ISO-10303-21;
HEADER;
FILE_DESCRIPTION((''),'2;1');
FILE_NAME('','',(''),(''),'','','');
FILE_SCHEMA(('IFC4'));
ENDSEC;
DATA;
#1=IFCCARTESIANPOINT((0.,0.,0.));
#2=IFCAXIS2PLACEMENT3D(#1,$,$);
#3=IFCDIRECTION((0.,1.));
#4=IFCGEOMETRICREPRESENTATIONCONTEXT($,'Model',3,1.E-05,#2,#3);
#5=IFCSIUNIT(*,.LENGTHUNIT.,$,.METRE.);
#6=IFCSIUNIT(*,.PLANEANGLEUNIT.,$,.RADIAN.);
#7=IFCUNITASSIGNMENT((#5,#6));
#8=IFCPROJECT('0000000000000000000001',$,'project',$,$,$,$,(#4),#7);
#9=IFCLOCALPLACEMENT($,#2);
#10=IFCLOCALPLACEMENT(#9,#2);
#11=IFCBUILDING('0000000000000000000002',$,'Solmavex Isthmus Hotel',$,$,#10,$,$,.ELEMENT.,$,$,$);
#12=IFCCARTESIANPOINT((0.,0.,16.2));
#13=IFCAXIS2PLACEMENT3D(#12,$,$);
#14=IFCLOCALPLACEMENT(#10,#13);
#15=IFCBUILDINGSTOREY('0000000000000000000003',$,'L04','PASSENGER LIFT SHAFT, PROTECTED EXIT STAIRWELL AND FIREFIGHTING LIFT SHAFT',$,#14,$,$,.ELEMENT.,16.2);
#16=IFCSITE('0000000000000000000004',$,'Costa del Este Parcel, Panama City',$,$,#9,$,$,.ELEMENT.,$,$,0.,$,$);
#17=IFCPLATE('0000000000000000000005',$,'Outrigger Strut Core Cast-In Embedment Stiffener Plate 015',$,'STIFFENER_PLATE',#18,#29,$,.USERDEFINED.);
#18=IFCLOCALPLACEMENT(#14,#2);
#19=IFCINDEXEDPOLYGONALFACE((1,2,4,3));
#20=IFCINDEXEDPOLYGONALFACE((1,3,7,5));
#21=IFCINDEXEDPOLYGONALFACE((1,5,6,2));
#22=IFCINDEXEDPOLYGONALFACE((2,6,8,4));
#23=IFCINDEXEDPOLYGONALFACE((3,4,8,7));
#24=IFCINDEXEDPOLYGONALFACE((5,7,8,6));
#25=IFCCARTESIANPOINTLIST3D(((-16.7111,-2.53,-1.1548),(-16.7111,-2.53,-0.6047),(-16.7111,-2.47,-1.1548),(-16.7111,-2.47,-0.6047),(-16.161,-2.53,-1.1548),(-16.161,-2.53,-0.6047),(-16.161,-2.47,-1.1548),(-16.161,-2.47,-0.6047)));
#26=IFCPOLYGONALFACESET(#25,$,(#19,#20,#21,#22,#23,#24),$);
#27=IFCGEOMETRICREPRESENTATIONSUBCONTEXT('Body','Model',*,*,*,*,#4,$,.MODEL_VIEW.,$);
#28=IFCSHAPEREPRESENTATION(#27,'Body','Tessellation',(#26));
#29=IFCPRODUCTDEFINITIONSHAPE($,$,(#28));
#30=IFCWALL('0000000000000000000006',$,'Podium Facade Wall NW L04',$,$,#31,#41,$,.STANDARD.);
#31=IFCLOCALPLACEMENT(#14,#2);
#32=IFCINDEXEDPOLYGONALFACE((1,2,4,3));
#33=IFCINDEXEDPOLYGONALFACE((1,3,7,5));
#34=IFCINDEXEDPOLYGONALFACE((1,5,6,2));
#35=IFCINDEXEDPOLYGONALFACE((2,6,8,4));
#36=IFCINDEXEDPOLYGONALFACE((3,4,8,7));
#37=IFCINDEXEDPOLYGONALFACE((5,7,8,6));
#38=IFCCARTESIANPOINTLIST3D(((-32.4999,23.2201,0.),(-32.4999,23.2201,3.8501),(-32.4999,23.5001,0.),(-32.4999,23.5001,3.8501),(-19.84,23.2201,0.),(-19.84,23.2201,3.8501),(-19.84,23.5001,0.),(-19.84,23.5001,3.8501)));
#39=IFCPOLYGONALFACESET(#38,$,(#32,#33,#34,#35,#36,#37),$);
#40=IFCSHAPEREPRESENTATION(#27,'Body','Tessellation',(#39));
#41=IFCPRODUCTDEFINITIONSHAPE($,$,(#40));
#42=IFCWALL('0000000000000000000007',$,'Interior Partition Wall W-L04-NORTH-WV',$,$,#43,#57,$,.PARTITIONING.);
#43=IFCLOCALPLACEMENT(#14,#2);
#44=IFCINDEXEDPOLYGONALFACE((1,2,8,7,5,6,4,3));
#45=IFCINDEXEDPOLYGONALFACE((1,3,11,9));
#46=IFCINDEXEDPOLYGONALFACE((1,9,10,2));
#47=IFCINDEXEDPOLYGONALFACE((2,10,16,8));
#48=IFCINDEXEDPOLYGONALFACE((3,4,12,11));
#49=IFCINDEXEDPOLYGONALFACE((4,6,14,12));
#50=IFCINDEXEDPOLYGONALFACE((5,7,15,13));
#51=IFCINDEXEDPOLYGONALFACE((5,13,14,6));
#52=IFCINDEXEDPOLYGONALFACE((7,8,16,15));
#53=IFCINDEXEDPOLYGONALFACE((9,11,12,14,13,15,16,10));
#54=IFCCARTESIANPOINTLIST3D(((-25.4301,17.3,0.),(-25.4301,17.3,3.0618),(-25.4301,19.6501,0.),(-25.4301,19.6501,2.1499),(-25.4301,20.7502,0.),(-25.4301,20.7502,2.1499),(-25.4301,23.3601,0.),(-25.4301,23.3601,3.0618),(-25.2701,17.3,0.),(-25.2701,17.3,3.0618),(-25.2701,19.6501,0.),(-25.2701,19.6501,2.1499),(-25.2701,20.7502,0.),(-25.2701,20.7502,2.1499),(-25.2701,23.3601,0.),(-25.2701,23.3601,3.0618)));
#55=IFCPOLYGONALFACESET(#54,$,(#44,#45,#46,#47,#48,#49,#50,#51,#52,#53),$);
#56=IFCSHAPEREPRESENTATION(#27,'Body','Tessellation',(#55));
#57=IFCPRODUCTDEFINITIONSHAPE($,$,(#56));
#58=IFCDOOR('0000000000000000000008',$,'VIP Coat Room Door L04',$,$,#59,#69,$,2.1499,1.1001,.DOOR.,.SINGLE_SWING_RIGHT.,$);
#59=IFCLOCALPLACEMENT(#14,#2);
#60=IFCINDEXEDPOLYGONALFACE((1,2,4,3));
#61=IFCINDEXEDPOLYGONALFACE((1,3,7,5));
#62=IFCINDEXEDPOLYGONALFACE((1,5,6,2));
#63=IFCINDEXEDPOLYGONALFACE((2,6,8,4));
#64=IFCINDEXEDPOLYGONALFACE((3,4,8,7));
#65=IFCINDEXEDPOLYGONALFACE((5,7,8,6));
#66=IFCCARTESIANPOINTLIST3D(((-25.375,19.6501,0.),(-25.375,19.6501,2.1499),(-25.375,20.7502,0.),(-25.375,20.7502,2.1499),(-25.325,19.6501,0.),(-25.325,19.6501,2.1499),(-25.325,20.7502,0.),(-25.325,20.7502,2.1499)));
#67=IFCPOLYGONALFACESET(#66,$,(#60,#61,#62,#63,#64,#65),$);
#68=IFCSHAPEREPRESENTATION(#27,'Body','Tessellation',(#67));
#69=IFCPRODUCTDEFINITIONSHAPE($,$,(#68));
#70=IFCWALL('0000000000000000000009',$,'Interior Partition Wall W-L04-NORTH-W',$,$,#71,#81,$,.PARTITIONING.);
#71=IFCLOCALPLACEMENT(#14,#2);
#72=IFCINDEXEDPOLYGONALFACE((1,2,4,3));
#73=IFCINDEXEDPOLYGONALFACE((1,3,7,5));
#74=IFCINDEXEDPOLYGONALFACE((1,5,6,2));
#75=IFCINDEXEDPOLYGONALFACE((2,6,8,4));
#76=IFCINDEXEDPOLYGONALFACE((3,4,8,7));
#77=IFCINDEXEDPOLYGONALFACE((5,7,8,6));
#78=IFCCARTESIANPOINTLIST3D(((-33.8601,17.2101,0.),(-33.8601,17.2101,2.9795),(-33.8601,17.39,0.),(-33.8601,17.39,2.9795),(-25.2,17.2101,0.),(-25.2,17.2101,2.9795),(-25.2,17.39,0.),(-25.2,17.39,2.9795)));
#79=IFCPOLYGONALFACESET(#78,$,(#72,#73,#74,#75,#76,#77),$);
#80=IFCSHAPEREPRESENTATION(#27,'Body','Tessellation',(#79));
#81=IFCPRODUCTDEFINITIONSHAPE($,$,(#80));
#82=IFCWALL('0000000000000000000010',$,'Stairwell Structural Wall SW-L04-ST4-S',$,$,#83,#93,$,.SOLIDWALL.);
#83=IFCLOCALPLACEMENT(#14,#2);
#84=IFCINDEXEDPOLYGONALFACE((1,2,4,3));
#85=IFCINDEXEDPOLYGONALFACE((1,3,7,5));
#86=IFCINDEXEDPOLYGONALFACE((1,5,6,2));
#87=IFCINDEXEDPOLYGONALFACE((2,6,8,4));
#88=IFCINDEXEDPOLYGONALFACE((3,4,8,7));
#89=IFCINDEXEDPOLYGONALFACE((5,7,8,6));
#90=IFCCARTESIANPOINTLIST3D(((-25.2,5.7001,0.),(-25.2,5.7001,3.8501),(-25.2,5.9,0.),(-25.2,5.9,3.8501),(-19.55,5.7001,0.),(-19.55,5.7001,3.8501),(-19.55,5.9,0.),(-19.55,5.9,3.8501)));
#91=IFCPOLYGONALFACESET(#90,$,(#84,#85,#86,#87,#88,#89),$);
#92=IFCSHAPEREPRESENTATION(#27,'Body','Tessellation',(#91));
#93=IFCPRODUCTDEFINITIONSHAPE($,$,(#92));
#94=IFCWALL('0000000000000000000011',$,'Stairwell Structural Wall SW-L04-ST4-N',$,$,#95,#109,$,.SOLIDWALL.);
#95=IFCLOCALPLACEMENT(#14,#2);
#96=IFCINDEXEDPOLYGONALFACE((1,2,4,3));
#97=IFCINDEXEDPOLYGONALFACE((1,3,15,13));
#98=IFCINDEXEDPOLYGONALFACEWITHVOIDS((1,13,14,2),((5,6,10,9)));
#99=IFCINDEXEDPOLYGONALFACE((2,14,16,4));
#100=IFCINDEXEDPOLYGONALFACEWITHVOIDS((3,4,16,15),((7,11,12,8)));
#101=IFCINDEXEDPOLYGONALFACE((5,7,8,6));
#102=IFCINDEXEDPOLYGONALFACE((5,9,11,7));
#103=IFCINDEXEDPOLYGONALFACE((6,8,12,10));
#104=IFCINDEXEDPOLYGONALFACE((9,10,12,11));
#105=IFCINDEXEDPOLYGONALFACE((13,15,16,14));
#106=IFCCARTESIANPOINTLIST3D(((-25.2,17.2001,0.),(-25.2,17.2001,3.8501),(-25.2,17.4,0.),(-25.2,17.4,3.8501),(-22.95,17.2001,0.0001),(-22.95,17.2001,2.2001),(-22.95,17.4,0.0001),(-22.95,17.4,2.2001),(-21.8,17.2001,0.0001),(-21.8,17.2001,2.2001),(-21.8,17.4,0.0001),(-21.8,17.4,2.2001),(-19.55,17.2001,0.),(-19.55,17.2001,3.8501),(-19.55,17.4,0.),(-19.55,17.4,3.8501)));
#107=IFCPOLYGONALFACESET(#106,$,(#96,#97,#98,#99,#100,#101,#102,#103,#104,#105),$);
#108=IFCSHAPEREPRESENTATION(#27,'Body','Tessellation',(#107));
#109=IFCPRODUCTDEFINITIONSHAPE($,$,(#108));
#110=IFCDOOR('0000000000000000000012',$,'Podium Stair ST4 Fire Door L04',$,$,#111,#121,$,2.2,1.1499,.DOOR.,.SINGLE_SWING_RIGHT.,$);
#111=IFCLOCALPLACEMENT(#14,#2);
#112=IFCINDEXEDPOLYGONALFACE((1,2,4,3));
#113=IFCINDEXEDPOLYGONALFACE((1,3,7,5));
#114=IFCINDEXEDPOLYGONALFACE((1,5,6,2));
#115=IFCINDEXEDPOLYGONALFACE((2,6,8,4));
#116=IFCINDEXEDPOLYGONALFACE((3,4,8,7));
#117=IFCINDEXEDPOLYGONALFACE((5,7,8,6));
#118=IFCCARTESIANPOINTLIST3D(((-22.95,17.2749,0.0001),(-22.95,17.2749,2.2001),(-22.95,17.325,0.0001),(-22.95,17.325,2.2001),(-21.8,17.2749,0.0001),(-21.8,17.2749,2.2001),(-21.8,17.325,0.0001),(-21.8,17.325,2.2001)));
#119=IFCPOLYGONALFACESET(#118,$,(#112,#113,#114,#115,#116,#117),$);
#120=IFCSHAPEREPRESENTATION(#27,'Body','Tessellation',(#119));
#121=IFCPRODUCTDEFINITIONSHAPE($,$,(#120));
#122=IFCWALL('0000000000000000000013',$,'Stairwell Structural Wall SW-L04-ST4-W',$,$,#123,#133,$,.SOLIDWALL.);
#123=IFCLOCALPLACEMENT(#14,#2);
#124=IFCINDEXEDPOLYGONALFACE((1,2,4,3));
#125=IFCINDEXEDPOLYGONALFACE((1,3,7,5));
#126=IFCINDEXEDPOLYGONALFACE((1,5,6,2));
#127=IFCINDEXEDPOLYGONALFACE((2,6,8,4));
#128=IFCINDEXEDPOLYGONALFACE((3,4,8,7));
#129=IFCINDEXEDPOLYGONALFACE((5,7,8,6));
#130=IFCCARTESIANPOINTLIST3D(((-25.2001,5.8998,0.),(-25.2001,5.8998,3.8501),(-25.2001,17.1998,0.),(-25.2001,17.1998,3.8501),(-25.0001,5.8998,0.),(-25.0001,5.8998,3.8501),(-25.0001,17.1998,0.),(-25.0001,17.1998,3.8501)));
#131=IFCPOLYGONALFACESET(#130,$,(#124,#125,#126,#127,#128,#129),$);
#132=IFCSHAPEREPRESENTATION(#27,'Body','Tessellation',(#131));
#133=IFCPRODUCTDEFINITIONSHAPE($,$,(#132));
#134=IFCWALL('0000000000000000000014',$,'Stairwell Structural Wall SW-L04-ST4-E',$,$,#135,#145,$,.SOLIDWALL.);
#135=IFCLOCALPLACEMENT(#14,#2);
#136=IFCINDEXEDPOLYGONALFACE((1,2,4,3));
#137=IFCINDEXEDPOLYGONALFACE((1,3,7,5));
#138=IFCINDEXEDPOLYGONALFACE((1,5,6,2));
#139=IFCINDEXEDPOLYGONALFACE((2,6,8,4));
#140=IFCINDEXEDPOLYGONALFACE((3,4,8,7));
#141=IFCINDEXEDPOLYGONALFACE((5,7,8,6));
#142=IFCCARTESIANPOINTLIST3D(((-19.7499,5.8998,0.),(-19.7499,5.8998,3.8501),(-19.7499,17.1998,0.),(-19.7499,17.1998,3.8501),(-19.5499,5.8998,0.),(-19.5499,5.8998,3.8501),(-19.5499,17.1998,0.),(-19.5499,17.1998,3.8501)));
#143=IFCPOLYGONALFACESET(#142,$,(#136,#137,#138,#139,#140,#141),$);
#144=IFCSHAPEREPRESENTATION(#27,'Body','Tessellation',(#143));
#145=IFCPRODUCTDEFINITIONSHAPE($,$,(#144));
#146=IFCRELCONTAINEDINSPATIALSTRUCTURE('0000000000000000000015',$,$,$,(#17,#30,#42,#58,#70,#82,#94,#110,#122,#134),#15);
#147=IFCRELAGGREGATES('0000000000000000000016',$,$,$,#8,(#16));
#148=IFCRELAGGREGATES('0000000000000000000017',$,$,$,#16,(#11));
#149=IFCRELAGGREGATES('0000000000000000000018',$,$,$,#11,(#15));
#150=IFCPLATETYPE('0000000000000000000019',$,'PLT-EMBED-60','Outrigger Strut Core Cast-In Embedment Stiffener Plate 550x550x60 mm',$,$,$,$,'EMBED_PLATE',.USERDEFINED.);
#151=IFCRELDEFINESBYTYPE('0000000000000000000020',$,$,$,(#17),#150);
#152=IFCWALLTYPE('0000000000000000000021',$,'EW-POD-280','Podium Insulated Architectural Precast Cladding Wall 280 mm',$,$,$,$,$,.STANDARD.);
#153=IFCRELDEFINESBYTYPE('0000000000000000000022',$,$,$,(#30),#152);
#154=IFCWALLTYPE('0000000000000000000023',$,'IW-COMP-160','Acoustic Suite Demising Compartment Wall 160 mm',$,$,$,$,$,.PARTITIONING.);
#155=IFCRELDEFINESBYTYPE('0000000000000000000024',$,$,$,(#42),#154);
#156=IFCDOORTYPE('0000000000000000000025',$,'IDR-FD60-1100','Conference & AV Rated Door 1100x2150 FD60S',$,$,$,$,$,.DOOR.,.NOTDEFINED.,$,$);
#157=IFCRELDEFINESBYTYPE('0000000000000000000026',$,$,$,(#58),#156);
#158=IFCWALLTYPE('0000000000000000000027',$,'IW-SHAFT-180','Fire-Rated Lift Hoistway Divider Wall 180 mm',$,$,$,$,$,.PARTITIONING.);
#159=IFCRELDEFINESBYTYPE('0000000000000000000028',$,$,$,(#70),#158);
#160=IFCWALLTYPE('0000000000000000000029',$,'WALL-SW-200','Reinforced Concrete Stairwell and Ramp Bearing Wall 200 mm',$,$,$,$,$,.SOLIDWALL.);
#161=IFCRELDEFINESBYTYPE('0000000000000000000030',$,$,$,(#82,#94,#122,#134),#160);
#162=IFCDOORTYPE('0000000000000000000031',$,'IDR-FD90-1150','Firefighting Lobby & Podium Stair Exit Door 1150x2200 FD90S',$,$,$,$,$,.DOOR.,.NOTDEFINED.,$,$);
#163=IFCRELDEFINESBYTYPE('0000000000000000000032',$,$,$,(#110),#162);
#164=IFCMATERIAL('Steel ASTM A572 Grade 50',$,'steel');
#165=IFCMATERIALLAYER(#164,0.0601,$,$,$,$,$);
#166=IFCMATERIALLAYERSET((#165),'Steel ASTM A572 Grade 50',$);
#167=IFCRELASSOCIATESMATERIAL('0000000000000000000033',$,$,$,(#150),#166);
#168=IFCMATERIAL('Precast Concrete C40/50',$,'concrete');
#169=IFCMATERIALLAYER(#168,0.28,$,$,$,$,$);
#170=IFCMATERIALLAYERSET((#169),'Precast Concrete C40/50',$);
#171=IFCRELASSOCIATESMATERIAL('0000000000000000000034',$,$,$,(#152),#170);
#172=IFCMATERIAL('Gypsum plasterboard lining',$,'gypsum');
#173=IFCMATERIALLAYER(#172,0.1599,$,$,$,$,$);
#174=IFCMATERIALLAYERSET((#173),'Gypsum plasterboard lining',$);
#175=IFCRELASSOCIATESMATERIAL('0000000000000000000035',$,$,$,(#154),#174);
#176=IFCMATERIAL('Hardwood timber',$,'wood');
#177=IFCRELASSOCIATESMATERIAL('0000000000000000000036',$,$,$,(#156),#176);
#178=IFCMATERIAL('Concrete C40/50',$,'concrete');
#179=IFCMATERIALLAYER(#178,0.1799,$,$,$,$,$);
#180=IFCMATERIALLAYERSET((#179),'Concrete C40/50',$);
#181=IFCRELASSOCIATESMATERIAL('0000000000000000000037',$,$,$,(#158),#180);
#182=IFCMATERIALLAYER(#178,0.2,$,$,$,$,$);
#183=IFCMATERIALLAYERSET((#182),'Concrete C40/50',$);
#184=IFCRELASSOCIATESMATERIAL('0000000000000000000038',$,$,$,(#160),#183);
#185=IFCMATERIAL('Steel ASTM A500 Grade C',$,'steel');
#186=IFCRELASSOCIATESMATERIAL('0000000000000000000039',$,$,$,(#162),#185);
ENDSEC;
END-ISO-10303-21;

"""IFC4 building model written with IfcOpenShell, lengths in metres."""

from ifc_helpers import new_model, si_unit, direction, frame, frame_2d, origin, origin_2d, place, context, subcontext, project, spatial, rectangle, extrude, material, layer, layer_set, type_object, element, fill, save


model = new_model("IFC4")

# Units and contexts
model_context = context("Model", 3, precision=1e-05, world=origin(), true_north=direction((0.0, 1.0)))
body_context = subcontext(model_context, "Body", "Model", "MODEL_VIEW")
ifc_project = project(units=[si_unit("LENGTHUNIT", "METRE"), si_unit("PLANEANGLEUNIT", "RADIAN")], contexts=[model_context])

# Site, building, storey
site_placement = place(None, origin())
site = spatial("IfcSite", under=ifc_project, at=site_placement, Name="Costa del Este Parcel, Panama City", CompositionType="ELEMENT", RefElevation=0.0)
building_placement = place(site_placement, origin())
building = spatial("IfcBuilding", under=site, at=building_placement, Name="Solmavex Isthmus Hotel", CompositionType="ELEMENT")
storey_placement = place(building_placement, frame((0.0, 0.0, 16.2)))
storey = spatial("IfcBuildingStorey", under=building, at=storey_placement, Name="L04", Description="PASSENGER LIFT SHAFT, PROTECTED EXIT STAIRWELL AND FIREFIGHTING LIFT SHAFT", CompositionType="ELEMENT", Elevation=16.2)

# Plate
ifc_material_1 = material(Name="Steel ASTM A572 Grade 50", Category="steel")
ifc_layer_1 = layer(ifc_material_1, 0.0601)
ifc_layer_set_1 = layer_set([ifc_layer_1], Name="Steel ASTM A572 Grade 50")
plate_type_1 = type_object("IfcPlateType", Name="PLT-EMBED-60", Description="Outrigger Strut Core Cast-In Embedment Stiffener Plate 550x550x60 mm", ElementType="EMBED_PLATE", PredefinedType="USERDEFINED", material=ifc_layer_set_1)
plate_1_placement = place(storey_placement, frame((-16.436, -2.5, -1.1548), z_axis=(0.0, 0.0, 1.0), x_axis=(1.0, 0.0, 0.0)))
element("IfcPlate", 1, at=plate_1_placement, inside=storey, type_object=plate_type_1, Name="Outrigger Strut Core Cast-In Embedment Stiffener Plate 015", ObjectType="STIFFENER_PLATE", PredefinedType="USERDEFINED", context=body_context, shape_type="SweptSolid", body=[
    extrude(rectangle(XDim=0.55, YDim=0.0601, at=origin_2d()), origin(), (0.0, 0.0, 1.0), 0.55),
])

# Wall
ifc_material_2 = material(Name="Precast Concrete C40/50", Category="concrete")
ifc_layer_2 = layer(ifc_material_2, 0.28)
ifc_layer_set_2 = layer_set([ifc_layer_2], Name="Precast Concrete C40/50")
wall_type_1 = type_object("IfcWallType", Name="EW-POD-280", Description="Podium Insulated Architectural Precast Cladding Wall 280 mm", PredefinedType="STANDARD", material=ifc_layer_set_2)
wall_1_placement = place(storey_placement, frame((-32.5, 23.3601, 0.0), z_axis=(0.0, 0.0, 1.0), x_axis=(1.0, 0.0, 0.0)))
element("IfcWall", 2, at=wall_1_placement, inside=storey, type_object=wall_type_1, Name="Podium Facade Wall NW L04", PredefinedType="STANDARD", context=body_context, shape_type="SweptSolid", body=[
    extrude(rectangle(XDim=12.6599, YDim=0.28, at=frame_2d((6.3301, 0.0))), origin(), (0.0, 0.0, 1.0), 3.8501),
])

# Wall, opening, door
ifc_material_3 = material(Name="Gypsum plasterboard lining", Category="gypsum")
ifc_layer_3 = layer(ifc_material_3, 0.1599)
ifc_layer_set_3 = layer_set([ifc_layer_3], Name="Gypsum plasterboard lining")
wall_type_2 = type_object("IfcWallType", Name="IW-COMP-160", Description="Acoustic Suite Demising Compartment Wall 160 mm", PredefinedType="PARTITIONING", material=ifc_layer_set_3)
wall_2_placement = place(storey_placement, frame((-25.3501, 17.3, 0.0), z_axis=(0.0, 0.0, 1.0), x_axis=(0.0, 1.0, 0.0)))
wall_2 = element("IfcWall", 3, at=wall_2_placement, inside=storey, type_object=wall_type_2, Name="Interior Partition Wall W-L04-NORTH-WV", PredefinedType="PARTITIONING", context=body_context, shape_type="SweptSolid", body=[
    extrude(rectangle(XDim=6.0601, YDim=0.1599, at=frame_2d((3.03, 0.0))), origin(), (0.0, 0.0, 1.0), 3.0618),
])
opening_1_placement = place(wall_2_placement, frame((2.3501, 0.0, 0.0)))
opening_1 = element("IfcOpeningElement", 4, at=opening_1_placement, cuts=wall_2, PredefinedType="OPENING", context=body_context, shape_type="SweptSolid", body=[
    extrude(rectangle(XDim=1.1001, YDim=2.1499, at=frame_2d((0.55, 1.075))), frame((0.0, 0.0898, 0.0), z_axis=(0.0, -1.0, 0.0), x_axis=(1.0, 0.0, 0.0)), (0.0, 0.0, 1.0), 0.1799),
])
ifc_material_4 = material(Name="Hardwood timber", Category="wood")
door_type_1 = type_object("IfcDoorType", Name="IDR-FD60-1100", Description="Conference & AV Rated Door 1100x2150 FD60S", OperationType="NOTDEFINED", PredefinedType="DOOR", material=ifc_material_4)
door_1_placement = place(opening_1_placement, origin())
door_1 = element("IfcDoor", 5, at=door_1_placement, inside=storey, type_object=door_type_1, Name="VIP Coat Room Door L04", OperationType="SINGLE_SWING_RIGHT", OverallHeight=2.1499, OverallWidth=1.1001, PredefinedType="DOOR", context=body_context, shape_type="SweptSolid", body=[
    extrude(rectangle(XDim=1.1001, YDim=2.1499, at=frame_2d((0.55, 1.075))), frame((0.0, 0.0249, 0.0), z_axis=(0.0, -1.0, 0.0), x_axis=(1.0, 0.0, 0.0)), (0.0, 0.0, 1.0), 0.05),
])
fill(opening_1, door_1)

# Walls
ifc_material_5 = material(Name="Concrete C40/50", Category="concrete")
ifc_layer_4 = layer(ifc_material_5, 0.1799)
ifc_layer_set_4 = layer_set([ifc_layer_4], Name="Concrete C40/50")
wall_type_3 = type_object("IfcWallType", Name="IW-SHAFT-180", Description="Fire-Rated Lift Hoistway Divider Wall 180 mm", PredefinedType="PARTITIONING", material=ifc_layer_set_4)
wall_3_placement = place(storey_placement, frame((-33.8601, 17.3, 0.0), z_axis=(0.0, 0.0, 1.0), x_axis=(1.0, 0.0, 0.0)))
element("IfcWall", 6, at=wall_3_placement, inside=storey, type_object=wall_type_3, Name="Interior Partition Wall W-L04-NORTH-W", PredefinedType="PARTITIONING", context=body_context, shape_type="SweptSolid", body=[
    extrude(rectangle(XDim=8.6602, YDim=0.1799, at=frame_2d((4.3301, 0.0))), origin(), (0.0, 0.0, 1.0), 2.9795),
])
ifc_layer_5 = layer(ifc_material_5, 0.2)
ifc_layer_set_5 = layer_set([ifc_layer_5], Name="Concrete C40/50")
wall_type_4 = type_object("IfcWallType", Name="WALL-SW-200", Description="Reinforced Concrete Stairwell and Ramp Bearing Wall 200 mm", PredefinedType="SOLIDWALL", material=ifc_layer_set_5)
wall_4_placement = place(storey_placement, frame((-25.2, 5.8, 0.0), z_axis=(0.0, 0.0, 1.0), x_axis=(1.0, 0.0, 0.0)))
element("IfcWall", 7, at=wall_4_placement, inside=storey, type_object=wall_type_4, Name="Stairwell Structural Wall SW-L04-ST4-S", PredefinedType="SOLIDWALL", context=body_context, shape_type="SweptSolid", body=[
    extrude(rectangle(XDim=5.6499, YDim=0.2, at=frame_2d((2.825, 0.0))), origin(), (0.0, 0.0, 1.0), 3.8501),
])

# Wall, opening, door
wall_5_placement = place(storey_placement, frame((-25.2, 17.3, 0.0), z_axis=(0.0, 0.0, 1.0), x_axis=(1.0, 0.0, 0.0)))
wall_5 = element("IfcWall", 8, at=wall_5_placement, inside=storey, type_object=wall_type_4, Name="Stairwell Structural Wall SW-L04-ST4-N", PredefinedType="SOLIDWALL", context=body_context, shape_type="SweptSolid", body=[
    extrude(rectangle(XDim=5.6499, YDim=0.2, at=frame_2d((2.825, 0.0))), origin(), (0.0, 0.0, 1.0), 3.8501),
])
opening_2_placement = place(wall_5_placement, frame((2.25, 0.0, 0.0)))
opening_2 = element("IfcOpeningElement", 9, at=opening_2_placement, cuts=wall_5, PredefinedType="OPENING", context=body_context, shape_type="SweptSolid", body=[
    extrude(rectangle(XDim=1.1499, YDim=2.2, at=frame_2d((0.575, 1.1001))), frame((0.0, 0.1099, 0.0), z_axis=(0.0, -1.0, 0.0), x_axis=(1.0, 0.0, 0.0)), (0.0, 0.0, 1.0), 0.22),
])
ifc_material_6 = material(Name="Steel ASTM A500 Grade C", Category="steel")
door_type_2 = type_object("IfcDoorType", Name="IDR-FD90-1150", Description="Firefighting Lobby & Podium Stair Exit Door 1150x2200 FD90S", OperationType="NOTDEFINED", PredefinedType="DOOR", material=ifc_material_6)
door_2_placement = place(opening_2_placement, origin())
door_2 = element("IfcDoor", 10, at=door_2_placement, inside=storey, type_object=door_type_2, Name="Podium Stair ST4 Fire Door L04", OperationType="SINGLE_SWING_RIGHT", OverallHeight=2.2, OverallWidth=1.1499, PredefinedType="DOOR", context=body_context, shape_type="SweptSolid", body=[
    extrude(rectangle(XDim=1.1499, YDim=2.2, at=frame_2d((0.575, 1.1001))), frame((0.0, 0.0249, 0.0), z_axis=(0.0, -1.0, 0.0), x_axis=(1.0, 0.0, 0.0)), (0.0, 0.0, 1.0), 0.05),
])
fill(opening_2, door_2)

# Walls
for number, where, z_axis, x_axis, name in (
    (11, (-25.1001, 5.8999, 0.0), (0.0, 0.0, 1.0), (0.0, 1.0, 0.0), "Stairwell Structural Wall SW-L04-ST4-W"),
    (12, (-19.6499, 5.8999, 0.0), (0.0, 0.0, 1.0), (0.0, 1.0, 0.0), "Stairwell Structural Wall SW-L04-ST4-E"),
):
    element("IfcWall", number, at=place(storey_placement, frame(where, z_axis=z_axis, x_axis=x_axis)), inside=storey, type_object=wall_type_4, Name=name, PredefinedType="SOLIDWALL", context=body_context, shape_type="SweptSolid", body=[
        extrude(rectangle(XDim=11.3, YDim=0.2, at=frame_2d((5.6499, 0.0))), origin(), (0.0, 0.0, 1.0), 3.8501),
    ])

save(model, "model.ifc")
